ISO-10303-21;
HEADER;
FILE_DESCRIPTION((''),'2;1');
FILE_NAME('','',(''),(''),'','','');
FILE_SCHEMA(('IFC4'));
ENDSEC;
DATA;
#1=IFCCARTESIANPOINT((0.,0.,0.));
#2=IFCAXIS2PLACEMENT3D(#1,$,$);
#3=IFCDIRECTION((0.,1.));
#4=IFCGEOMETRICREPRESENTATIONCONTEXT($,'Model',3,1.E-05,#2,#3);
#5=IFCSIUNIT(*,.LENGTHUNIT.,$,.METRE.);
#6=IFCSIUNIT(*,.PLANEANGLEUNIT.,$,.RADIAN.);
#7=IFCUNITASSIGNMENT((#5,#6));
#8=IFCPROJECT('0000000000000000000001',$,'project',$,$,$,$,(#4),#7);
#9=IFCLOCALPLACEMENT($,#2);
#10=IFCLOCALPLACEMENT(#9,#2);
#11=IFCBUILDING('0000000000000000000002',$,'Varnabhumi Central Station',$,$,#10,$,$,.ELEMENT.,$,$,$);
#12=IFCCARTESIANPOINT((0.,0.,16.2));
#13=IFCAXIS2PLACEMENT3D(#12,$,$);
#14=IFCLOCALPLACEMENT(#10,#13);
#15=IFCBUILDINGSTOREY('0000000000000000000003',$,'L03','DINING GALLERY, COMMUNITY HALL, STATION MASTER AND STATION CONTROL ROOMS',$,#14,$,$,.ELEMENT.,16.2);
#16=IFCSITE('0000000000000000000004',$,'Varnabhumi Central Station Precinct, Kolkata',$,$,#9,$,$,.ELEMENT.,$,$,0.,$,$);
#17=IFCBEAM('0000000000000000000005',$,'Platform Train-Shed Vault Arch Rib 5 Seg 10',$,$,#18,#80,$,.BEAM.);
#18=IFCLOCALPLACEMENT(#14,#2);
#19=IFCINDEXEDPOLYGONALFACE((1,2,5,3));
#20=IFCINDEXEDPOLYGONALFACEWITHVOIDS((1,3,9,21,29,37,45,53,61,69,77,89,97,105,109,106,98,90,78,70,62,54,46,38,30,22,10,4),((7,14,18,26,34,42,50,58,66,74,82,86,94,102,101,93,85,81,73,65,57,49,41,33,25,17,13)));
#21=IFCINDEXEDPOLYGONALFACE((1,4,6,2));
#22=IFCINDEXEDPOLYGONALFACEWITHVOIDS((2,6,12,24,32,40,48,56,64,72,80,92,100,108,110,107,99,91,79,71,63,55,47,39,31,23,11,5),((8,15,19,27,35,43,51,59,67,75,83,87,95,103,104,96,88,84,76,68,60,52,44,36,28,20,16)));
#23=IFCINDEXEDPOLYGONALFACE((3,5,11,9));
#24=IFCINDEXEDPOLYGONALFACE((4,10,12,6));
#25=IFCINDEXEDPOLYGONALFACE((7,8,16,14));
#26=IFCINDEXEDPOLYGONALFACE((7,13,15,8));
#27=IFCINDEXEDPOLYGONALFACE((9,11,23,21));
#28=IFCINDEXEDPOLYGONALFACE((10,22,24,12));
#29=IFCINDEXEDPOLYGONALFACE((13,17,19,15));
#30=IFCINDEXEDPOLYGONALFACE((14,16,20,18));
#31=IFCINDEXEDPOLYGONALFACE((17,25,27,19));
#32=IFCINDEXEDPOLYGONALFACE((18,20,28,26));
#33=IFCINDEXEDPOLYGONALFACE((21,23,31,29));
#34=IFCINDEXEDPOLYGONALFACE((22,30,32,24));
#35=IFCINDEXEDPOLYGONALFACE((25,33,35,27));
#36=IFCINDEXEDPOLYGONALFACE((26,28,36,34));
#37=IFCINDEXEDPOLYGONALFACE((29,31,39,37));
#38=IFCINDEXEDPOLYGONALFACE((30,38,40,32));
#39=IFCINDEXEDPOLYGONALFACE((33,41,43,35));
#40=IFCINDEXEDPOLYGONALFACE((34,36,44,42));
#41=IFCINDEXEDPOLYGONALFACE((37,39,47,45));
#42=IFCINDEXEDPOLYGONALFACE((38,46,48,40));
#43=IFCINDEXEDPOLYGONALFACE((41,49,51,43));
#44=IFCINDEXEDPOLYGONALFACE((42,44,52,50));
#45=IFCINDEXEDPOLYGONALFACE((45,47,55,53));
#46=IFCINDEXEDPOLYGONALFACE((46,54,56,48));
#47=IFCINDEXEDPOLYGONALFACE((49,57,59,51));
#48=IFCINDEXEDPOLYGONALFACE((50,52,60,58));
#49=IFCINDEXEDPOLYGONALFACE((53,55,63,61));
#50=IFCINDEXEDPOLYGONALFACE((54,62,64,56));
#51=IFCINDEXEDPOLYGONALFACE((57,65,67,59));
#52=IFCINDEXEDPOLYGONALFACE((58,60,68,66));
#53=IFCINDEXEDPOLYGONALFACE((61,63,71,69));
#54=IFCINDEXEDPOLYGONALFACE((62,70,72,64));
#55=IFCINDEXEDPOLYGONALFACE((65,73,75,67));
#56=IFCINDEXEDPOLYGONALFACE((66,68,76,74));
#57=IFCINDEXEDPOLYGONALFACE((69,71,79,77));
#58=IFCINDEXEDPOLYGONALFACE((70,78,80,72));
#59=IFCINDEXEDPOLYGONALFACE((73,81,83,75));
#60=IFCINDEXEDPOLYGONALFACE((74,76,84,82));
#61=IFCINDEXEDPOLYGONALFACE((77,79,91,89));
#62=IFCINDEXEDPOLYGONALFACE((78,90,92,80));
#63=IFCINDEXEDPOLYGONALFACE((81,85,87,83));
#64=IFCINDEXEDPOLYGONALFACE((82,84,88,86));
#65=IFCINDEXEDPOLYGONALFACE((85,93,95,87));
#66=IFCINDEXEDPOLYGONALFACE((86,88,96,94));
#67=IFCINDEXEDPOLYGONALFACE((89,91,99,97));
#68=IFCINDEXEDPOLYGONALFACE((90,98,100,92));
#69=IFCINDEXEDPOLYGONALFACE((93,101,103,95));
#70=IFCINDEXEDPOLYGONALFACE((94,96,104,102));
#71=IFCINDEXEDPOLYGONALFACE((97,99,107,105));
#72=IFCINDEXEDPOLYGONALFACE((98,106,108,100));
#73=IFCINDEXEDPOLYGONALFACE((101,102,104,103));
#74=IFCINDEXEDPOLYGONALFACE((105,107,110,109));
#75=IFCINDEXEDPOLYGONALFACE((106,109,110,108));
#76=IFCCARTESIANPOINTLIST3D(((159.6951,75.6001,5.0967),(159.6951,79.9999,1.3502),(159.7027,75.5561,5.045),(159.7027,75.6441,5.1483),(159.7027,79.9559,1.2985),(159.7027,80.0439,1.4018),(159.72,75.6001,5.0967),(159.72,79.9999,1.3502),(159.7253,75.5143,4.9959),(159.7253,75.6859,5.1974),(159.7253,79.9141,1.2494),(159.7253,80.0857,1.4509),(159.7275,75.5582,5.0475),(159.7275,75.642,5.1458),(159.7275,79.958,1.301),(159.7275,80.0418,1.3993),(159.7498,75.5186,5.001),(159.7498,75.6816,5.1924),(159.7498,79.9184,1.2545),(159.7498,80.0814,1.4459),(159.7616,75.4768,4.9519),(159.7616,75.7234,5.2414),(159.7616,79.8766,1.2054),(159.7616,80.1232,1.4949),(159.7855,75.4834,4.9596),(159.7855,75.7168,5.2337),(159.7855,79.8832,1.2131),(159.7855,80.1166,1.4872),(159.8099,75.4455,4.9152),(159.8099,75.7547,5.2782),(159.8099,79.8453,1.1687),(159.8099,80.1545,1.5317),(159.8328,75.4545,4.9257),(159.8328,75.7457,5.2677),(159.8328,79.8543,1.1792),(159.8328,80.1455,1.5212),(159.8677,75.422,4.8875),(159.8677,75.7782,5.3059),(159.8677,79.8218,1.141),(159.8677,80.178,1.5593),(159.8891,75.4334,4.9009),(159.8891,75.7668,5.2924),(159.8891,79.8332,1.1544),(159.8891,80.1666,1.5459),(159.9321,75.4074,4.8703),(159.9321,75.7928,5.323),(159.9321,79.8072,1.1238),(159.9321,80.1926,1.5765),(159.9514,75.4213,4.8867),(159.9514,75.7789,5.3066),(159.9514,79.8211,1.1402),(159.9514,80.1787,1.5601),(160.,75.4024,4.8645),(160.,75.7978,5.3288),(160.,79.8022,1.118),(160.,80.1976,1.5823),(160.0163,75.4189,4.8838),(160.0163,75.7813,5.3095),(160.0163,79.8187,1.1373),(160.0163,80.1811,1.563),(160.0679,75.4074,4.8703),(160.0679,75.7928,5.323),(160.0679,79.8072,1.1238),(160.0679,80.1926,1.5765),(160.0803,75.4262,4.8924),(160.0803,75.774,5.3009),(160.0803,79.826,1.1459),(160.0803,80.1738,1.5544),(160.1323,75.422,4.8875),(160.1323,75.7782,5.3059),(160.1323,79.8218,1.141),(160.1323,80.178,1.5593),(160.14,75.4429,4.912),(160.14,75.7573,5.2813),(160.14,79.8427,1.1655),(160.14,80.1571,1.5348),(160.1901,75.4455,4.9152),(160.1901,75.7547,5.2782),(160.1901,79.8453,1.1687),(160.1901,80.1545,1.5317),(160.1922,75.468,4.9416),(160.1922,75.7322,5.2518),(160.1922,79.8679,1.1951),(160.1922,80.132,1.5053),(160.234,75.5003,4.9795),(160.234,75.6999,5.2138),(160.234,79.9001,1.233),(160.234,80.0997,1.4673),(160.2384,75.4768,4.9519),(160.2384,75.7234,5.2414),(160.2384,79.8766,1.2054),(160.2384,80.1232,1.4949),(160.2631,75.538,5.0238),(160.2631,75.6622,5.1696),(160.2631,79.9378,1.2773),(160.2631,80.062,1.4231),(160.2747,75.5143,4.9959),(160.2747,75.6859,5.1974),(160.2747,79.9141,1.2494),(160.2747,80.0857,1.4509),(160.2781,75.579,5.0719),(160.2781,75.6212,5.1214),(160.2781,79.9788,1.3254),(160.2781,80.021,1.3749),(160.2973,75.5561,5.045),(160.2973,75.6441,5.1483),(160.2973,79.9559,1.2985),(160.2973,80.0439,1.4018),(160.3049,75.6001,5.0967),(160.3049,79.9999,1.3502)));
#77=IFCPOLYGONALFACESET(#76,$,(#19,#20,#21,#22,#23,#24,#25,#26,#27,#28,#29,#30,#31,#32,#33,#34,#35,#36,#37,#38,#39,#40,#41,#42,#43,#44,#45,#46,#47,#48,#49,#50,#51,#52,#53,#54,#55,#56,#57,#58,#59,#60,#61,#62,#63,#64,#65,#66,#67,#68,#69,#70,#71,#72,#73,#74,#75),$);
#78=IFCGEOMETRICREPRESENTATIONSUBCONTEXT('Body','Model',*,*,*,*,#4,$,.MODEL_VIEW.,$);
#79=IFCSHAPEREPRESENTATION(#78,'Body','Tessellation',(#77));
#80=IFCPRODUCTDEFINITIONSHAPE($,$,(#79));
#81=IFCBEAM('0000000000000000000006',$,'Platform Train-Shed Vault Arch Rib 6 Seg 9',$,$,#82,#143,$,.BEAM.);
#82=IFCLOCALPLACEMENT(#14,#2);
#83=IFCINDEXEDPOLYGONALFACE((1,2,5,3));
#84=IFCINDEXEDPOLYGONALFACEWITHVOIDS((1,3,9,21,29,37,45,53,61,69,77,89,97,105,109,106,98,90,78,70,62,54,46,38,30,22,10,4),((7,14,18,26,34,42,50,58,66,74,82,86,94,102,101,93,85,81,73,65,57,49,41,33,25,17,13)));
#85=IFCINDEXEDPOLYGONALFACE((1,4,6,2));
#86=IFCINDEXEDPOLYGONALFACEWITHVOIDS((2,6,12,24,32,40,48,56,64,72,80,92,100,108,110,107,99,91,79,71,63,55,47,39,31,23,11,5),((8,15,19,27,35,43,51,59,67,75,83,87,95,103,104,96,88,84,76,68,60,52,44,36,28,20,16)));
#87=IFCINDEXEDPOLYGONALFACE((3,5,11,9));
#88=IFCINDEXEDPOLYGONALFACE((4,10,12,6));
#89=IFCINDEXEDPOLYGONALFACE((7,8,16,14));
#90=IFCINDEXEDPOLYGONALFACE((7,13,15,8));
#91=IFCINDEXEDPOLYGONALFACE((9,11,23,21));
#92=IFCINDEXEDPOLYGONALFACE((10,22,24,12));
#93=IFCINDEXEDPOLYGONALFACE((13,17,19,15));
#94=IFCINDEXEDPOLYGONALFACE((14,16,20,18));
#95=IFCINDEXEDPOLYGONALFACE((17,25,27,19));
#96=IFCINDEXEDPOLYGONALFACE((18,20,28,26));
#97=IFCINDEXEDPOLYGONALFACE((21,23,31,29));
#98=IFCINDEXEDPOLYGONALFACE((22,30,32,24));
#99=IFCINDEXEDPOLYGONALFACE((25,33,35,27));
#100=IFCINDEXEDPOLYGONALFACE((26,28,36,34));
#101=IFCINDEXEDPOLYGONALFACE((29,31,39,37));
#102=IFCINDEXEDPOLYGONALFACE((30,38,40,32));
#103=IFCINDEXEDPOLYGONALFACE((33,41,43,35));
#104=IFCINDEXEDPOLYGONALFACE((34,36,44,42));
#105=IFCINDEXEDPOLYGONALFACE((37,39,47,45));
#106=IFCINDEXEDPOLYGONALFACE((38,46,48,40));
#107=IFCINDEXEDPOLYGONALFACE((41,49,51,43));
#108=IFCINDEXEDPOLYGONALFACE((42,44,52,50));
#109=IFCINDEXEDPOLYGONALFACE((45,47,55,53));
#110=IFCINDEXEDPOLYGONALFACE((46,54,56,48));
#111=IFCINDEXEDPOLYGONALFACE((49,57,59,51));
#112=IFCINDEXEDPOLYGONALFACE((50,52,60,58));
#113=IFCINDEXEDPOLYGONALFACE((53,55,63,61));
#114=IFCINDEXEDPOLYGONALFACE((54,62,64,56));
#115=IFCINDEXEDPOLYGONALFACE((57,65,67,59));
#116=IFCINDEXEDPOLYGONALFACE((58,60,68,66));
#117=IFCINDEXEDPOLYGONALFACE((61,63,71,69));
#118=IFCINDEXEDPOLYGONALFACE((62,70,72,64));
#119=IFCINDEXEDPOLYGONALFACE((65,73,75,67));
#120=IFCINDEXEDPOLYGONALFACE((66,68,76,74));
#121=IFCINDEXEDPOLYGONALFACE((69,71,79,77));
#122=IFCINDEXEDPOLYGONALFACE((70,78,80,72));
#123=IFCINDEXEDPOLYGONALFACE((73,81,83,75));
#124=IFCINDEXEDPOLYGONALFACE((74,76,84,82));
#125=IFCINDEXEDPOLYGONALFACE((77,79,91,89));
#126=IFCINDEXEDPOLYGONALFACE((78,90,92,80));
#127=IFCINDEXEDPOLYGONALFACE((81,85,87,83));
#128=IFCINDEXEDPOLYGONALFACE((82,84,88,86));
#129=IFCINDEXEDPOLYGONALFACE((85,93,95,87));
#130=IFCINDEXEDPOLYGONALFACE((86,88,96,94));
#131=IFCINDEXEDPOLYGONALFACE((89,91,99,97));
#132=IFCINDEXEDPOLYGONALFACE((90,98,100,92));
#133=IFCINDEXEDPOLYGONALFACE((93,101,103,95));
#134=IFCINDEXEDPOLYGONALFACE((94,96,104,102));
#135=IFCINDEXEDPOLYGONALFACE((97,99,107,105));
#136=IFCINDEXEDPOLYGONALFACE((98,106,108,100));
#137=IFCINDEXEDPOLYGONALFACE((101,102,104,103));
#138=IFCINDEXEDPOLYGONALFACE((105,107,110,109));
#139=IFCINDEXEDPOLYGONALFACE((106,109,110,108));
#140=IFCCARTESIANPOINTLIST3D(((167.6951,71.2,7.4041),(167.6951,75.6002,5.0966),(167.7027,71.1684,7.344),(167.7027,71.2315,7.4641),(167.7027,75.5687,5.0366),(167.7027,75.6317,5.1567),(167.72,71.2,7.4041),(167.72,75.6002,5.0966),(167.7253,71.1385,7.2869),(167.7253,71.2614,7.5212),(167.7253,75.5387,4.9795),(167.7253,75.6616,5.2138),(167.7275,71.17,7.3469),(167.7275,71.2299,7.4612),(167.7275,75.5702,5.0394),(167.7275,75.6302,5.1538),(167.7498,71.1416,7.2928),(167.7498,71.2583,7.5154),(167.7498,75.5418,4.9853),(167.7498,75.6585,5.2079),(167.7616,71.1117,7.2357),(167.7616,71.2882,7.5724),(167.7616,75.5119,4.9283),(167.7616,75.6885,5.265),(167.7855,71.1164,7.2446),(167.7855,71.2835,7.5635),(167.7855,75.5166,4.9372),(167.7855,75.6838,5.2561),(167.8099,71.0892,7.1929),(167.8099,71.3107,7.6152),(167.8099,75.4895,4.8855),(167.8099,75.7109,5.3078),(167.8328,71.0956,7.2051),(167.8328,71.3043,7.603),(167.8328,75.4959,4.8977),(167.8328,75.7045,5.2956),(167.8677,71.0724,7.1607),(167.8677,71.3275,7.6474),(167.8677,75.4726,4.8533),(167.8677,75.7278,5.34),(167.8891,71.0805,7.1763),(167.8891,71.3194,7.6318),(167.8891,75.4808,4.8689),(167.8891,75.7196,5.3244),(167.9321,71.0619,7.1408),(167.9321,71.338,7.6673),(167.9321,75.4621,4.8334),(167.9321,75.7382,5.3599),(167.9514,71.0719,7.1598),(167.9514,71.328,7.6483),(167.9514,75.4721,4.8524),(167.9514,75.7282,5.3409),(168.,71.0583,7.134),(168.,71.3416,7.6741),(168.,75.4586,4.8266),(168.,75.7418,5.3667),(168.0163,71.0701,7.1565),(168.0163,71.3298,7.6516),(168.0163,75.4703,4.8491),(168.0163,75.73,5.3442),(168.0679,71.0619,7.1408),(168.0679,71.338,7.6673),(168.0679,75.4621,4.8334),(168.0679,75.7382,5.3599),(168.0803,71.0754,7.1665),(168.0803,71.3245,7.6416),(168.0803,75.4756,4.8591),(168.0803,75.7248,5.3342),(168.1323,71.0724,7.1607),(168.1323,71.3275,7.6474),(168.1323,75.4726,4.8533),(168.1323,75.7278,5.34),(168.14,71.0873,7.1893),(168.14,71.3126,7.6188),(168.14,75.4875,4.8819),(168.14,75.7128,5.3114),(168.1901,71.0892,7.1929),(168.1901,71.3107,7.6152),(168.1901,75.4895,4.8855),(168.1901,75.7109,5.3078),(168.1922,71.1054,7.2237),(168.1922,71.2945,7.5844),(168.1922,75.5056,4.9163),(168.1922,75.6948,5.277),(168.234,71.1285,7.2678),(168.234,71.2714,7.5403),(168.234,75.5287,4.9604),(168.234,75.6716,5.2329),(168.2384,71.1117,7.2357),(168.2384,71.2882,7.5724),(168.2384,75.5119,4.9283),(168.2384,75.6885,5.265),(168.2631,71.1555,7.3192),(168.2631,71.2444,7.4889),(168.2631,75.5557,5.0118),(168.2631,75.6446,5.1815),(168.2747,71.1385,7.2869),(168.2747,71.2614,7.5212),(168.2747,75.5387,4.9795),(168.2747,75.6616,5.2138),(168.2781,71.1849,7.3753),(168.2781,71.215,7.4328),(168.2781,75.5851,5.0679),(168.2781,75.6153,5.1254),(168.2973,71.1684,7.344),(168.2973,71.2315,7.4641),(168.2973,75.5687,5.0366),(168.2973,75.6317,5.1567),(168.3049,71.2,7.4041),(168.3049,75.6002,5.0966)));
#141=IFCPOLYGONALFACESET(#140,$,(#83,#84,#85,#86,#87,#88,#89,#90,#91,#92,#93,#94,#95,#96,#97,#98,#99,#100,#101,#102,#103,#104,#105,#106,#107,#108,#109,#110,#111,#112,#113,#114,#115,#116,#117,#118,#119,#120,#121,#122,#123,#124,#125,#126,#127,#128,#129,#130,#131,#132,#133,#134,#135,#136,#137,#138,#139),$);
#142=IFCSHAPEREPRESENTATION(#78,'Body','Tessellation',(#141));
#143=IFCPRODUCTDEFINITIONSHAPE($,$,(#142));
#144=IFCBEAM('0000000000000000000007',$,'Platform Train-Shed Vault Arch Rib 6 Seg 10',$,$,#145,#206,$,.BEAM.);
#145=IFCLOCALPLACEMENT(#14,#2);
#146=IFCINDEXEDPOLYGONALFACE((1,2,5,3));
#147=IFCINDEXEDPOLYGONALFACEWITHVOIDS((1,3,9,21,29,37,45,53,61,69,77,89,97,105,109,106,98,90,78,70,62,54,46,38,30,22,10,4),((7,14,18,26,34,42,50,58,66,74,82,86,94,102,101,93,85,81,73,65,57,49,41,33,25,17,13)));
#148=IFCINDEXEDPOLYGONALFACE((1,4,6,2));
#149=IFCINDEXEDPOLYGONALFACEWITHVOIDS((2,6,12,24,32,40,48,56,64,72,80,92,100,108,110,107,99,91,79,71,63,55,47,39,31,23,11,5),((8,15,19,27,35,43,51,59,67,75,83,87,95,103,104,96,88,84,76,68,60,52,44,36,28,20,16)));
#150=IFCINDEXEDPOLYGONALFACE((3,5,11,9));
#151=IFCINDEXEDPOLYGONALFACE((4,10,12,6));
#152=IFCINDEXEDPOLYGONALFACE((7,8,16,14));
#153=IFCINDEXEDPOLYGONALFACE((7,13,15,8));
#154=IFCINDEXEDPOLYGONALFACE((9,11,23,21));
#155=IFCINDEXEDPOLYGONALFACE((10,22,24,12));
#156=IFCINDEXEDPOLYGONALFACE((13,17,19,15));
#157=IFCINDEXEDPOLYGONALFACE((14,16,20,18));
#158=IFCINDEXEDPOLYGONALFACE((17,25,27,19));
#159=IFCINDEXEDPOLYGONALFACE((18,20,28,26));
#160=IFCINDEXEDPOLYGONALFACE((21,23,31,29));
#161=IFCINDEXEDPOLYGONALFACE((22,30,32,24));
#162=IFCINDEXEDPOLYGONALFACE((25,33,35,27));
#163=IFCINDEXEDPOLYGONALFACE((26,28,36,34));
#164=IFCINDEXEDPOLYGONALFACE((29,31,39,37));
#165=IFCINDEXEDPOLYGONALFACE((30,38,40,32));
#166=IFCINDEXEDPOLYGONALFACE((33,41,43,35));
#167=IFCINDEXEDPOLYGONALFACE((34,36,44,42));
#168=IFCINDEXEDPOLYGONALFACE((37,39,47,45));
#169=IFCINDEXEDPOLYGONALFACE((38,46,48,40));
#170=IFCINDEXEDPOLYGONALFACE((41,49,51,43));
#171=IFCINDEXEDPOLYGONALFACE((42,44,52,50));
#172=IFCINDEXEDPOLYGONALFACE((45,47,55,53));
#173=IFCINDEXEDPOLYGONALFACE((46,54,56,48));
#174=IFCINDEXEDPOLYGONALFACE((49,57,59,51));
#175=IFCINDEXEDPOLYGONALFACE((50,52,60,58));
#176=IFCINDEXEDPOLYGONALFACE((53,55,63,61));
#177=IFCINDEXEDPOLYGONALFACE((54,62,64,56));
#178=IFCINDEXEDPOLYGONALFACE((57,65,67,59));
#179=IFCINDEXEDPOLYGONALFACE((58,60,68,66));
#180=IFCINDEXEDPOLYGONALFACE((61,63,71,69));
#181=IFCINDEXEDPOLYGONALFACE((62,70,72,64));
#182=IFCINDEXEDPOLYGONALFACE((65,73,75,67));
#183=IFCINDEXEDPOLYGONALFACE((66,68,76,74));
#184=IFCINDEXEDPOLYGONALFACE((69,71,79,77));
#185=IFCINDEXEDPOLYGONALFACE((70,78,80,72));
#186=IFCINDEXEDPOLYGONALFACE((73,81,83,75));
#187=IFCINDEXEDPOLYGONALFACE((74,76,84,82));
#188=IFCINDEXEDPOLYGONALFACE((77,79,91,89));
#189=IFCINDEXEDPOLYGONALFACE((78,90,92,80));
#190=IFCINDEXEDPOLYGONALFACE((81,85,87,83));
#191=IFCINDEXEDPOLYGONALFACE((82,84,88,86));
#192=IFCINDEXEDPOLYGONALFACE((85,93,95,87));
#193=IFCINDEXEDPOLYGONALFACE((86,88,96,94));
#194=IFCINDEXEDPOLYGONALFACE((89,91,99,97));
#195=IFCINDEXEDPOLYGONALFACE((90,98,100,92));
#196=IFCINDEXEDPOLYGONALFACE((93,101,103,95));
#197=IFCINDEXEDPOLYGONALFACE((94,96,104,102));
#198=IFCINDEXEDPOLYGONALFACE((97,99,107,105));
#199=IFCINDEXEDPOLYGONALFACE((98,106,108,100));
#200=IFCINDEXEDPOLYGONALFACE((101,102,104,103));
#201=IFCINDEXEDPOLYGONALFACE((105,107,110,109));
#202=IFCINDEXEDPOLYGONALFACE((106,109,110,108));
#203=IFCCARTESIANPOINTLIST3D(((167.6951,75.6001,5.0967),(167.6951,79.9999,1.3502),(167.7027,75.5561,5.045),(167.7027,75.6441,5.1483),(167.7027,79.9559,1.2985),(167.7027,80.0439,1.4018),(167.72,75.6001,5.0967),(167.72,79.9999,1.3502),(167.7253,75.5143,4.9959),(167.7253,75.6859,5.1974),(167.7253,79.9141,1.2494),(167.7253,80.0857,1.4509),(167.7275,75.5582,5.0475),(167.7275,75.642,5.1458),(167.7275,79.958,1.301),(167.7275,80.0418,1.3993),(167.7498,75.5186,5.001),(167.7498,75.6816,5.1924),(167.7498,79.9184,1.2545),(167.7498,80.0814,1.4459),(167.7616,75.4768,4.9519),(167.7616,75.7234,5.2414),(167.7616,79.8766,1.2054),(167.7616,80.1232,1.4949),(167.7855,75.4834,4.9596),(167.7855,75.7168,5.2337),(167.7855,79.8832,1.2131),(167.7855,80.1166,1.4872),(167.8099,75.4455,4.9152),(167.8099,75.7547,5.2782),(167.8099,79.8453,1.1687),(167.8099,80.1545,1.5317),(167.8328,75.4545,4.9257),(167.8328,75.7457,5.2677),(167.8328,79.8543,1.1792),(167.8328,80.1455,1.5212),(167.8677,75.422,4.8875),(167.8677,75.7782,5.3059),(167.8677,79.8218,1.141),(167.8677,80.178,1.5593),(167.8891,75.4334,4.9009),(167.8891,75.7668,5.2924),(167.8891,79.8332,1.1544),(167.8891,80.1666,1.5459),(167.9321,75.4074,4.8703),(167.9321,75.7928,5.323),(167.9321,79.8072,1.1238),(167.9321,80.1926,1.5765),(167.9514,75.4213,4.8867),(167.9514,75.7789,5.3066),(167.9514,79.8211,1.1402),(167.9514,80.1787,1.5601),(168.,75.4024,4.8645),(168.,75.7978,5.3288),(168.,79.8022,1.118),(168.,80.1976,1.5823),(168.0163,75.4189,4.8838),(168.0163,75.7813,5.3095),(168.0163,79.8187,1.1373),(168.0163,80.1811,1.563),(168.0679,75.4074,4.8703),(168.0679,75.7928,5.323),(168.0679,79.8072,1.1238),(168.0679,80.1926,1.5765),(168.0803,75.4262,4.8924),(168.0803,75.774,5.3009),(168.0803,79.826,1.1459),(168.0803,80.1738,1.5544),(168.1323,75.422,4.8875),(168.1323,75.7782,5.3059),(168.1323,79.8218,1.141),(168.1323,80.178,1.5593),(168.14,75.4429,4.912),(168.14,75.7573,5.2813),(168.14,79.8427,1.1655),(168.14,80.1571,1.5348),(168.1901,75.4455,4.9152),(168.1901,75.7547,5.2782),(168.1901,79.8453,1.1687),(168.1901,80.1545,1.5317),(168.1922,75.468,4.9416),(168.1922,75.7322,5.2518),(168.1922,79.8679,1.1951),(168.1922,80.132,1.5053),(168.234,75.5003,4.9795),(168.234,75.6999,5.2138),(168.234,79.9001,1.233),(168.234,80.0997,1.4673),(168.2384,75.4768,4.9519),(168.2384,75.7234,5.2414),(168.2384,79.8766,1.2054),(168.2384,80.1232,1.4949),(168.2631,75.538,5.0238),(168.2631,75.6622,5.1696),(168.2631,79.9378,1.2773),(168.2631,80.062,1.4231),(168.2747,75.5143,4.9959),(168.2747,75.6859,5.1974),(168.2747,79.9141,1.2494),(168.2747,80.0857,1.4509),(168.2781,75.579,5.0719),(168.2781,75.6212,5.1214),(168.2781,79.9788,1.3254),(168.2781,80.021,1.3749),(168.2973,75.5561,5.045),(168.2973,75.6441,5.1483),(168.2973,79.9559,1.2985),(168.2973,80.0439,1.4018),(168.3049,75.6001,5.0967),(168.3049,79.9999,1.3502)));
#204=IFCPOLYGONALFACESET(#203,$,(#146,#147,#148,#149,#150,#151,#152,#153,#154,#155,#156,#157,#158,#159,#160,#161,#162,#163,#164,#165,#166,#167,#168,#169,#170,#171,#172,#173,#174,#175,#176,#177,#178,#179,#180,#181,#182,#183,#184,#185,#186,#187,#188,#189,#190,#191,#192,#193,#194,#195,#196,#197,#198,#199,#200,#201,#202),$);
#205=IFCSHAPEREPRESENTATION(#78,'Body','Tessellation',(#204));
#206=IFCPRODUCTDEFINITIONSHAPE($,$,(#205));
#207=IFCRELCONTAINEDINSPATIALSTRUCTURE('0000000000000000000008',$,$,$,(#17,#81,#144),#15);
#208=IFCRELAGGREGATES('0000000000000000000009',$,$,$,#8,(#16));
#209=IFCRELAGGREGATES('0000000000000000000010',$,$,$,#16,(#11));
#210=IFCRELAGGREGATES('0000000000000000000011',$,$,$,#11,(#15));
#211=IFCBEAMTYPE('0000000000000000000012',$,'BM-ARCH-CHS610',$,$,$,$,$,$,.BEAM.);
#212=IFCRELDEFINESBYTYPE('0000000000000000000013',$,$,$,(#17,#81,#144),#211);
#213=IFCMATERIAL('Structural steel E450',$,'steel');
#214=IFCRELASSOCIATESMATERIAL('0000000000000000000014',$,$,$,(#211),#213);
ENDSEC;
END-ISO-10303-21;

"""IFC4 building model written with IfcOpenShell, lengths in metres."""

from ifc_helpers import new_model, si_unit, direction, frame, origin, origin_2d, place, context, subcontext, project, spatial, hollow_circle, extrude, material, material_profile, profile_set, type_object, element, save


model = new_model("IFC4")

# Units and contexts
model_context = context("Model", 3, precision=1e-05, world=origin(), true_north=direction((0.0, 1.0)))
body_context = subcontext(model_context, "Body", "Model", "MODEL_VIEW")
ifc_project = project(units=[si_unit("LENGTHUNIT", "METRE"), si_unit("PLANEANGLEUNIT", "RADIAN")], contexts=[model_context])

# Site, building, storey
site_placement = place(None, origin())
site = spatial("IfcSite", under=ifc_project, at=site_placement, Name="Varnabhumi Central Station Precinct, Kolkata", CompositionType="ELEMENT", RefElevation=0.0)
building_placement = place(site_placement, origin())
building = spatial("IfcBuilding", under=site, at=building_placement, Name="Varnabhumi Central Station", CompositionType="ELEMENT")
storey_placement = place(building_placement, frame((0.0, 0.0, 16.2)))
storey = spatial("IfcBuildingStorey", under=building, at=storey_placement, Name="L03", Description="DINING GALLERY, COMMUNITY HALL, STATION MASTER AND STATION CONTROL ROOMS", CompositionType="ELEMENT", Elevation=16.2)

# Beams
ifc_material_1 = material(Name="Structural steel E450", Category="steel")
ifc_material_profile_1 = material_profile(ifc_material_1, hollow_circle(Radius=0.3049, WallThickness=0.0249, at=origin_2d()), Name="Structural steel E450", Category="steel")
ifc_profile_set_1 = profile_set([ifc_material_profile_1], Name="Structural steel E450")
beam_type_1 = type_object("IfcBeamType", Name="BM-ARCH-CHS610", PredefinedType="BEAM", material=ifc_profile_set_1)
beam_1_placement = place(storey_placement, frame((160.0, 75.6001, 5.0967), z_axis=(0.0, 0.76137, -0.648318), x_axis=(-1.0, 0.0, 0.0)))
element("IfcBeam", 1, at=beam_1_placement, inside=storey, type_object=beam_type_1, Name="Platform Train-Shed Vault Arch Rib 5 Seg 10", PredefinedType="BEAM", context=body_context, shape_type="SweptSolid", body=[
    extrude(hollow_circle(Radius=0.3049, WallThickness=0.0249, at=origin_2d()), origin(), (0.0, 0.0, 1.0), 5.7788),
])
beam_2_placement = place(storey_placement, frame((168.0, 71.2, 7.4041), z_axis=(0.0, 0.885622, -0.464407), x_axis=(-1.0, 0.0, 0.0)))
element("IfcBeam", 2, at=beam_2_placement, inside=storey, type_object=beam_type_1, Name="Platform Train-Shed Vault Arch Rib 6 Seg 9", PredefinedType="BEAM", context=body_context, shape_type="SweptSolid", body=[
    extrude(hollow_circle(Radius=0.3049, WallThickness=0.0249, at=origin_2d()), origin(), (0.0, 0.0, 1.0), 4.9685),
])
beam_3_placement = place(storey_placement, frame((168.0, 75.6001, 5.0967), z_axis=(0.0, 0.76137, -0.648318), x_axis=(-1.0, 0.0, 0.0)))
element("IfcBeam", 3, at=beam_3_placement, inside=storey, type_object=beam_type_1, Name="Platform Train-Shed Vault Arch Rib 6 Seg 10", PredefinedType="BEAM", context=body_context, shape_type="SweptSolid", body=[
    extrude(hollow_circle(Radius=0.3049, WallThickness=0.0249, at=origin_2d()), origin(), (0.0, 0.0, 1.0), 5.7788),
])

save(model, "model.ifc")
